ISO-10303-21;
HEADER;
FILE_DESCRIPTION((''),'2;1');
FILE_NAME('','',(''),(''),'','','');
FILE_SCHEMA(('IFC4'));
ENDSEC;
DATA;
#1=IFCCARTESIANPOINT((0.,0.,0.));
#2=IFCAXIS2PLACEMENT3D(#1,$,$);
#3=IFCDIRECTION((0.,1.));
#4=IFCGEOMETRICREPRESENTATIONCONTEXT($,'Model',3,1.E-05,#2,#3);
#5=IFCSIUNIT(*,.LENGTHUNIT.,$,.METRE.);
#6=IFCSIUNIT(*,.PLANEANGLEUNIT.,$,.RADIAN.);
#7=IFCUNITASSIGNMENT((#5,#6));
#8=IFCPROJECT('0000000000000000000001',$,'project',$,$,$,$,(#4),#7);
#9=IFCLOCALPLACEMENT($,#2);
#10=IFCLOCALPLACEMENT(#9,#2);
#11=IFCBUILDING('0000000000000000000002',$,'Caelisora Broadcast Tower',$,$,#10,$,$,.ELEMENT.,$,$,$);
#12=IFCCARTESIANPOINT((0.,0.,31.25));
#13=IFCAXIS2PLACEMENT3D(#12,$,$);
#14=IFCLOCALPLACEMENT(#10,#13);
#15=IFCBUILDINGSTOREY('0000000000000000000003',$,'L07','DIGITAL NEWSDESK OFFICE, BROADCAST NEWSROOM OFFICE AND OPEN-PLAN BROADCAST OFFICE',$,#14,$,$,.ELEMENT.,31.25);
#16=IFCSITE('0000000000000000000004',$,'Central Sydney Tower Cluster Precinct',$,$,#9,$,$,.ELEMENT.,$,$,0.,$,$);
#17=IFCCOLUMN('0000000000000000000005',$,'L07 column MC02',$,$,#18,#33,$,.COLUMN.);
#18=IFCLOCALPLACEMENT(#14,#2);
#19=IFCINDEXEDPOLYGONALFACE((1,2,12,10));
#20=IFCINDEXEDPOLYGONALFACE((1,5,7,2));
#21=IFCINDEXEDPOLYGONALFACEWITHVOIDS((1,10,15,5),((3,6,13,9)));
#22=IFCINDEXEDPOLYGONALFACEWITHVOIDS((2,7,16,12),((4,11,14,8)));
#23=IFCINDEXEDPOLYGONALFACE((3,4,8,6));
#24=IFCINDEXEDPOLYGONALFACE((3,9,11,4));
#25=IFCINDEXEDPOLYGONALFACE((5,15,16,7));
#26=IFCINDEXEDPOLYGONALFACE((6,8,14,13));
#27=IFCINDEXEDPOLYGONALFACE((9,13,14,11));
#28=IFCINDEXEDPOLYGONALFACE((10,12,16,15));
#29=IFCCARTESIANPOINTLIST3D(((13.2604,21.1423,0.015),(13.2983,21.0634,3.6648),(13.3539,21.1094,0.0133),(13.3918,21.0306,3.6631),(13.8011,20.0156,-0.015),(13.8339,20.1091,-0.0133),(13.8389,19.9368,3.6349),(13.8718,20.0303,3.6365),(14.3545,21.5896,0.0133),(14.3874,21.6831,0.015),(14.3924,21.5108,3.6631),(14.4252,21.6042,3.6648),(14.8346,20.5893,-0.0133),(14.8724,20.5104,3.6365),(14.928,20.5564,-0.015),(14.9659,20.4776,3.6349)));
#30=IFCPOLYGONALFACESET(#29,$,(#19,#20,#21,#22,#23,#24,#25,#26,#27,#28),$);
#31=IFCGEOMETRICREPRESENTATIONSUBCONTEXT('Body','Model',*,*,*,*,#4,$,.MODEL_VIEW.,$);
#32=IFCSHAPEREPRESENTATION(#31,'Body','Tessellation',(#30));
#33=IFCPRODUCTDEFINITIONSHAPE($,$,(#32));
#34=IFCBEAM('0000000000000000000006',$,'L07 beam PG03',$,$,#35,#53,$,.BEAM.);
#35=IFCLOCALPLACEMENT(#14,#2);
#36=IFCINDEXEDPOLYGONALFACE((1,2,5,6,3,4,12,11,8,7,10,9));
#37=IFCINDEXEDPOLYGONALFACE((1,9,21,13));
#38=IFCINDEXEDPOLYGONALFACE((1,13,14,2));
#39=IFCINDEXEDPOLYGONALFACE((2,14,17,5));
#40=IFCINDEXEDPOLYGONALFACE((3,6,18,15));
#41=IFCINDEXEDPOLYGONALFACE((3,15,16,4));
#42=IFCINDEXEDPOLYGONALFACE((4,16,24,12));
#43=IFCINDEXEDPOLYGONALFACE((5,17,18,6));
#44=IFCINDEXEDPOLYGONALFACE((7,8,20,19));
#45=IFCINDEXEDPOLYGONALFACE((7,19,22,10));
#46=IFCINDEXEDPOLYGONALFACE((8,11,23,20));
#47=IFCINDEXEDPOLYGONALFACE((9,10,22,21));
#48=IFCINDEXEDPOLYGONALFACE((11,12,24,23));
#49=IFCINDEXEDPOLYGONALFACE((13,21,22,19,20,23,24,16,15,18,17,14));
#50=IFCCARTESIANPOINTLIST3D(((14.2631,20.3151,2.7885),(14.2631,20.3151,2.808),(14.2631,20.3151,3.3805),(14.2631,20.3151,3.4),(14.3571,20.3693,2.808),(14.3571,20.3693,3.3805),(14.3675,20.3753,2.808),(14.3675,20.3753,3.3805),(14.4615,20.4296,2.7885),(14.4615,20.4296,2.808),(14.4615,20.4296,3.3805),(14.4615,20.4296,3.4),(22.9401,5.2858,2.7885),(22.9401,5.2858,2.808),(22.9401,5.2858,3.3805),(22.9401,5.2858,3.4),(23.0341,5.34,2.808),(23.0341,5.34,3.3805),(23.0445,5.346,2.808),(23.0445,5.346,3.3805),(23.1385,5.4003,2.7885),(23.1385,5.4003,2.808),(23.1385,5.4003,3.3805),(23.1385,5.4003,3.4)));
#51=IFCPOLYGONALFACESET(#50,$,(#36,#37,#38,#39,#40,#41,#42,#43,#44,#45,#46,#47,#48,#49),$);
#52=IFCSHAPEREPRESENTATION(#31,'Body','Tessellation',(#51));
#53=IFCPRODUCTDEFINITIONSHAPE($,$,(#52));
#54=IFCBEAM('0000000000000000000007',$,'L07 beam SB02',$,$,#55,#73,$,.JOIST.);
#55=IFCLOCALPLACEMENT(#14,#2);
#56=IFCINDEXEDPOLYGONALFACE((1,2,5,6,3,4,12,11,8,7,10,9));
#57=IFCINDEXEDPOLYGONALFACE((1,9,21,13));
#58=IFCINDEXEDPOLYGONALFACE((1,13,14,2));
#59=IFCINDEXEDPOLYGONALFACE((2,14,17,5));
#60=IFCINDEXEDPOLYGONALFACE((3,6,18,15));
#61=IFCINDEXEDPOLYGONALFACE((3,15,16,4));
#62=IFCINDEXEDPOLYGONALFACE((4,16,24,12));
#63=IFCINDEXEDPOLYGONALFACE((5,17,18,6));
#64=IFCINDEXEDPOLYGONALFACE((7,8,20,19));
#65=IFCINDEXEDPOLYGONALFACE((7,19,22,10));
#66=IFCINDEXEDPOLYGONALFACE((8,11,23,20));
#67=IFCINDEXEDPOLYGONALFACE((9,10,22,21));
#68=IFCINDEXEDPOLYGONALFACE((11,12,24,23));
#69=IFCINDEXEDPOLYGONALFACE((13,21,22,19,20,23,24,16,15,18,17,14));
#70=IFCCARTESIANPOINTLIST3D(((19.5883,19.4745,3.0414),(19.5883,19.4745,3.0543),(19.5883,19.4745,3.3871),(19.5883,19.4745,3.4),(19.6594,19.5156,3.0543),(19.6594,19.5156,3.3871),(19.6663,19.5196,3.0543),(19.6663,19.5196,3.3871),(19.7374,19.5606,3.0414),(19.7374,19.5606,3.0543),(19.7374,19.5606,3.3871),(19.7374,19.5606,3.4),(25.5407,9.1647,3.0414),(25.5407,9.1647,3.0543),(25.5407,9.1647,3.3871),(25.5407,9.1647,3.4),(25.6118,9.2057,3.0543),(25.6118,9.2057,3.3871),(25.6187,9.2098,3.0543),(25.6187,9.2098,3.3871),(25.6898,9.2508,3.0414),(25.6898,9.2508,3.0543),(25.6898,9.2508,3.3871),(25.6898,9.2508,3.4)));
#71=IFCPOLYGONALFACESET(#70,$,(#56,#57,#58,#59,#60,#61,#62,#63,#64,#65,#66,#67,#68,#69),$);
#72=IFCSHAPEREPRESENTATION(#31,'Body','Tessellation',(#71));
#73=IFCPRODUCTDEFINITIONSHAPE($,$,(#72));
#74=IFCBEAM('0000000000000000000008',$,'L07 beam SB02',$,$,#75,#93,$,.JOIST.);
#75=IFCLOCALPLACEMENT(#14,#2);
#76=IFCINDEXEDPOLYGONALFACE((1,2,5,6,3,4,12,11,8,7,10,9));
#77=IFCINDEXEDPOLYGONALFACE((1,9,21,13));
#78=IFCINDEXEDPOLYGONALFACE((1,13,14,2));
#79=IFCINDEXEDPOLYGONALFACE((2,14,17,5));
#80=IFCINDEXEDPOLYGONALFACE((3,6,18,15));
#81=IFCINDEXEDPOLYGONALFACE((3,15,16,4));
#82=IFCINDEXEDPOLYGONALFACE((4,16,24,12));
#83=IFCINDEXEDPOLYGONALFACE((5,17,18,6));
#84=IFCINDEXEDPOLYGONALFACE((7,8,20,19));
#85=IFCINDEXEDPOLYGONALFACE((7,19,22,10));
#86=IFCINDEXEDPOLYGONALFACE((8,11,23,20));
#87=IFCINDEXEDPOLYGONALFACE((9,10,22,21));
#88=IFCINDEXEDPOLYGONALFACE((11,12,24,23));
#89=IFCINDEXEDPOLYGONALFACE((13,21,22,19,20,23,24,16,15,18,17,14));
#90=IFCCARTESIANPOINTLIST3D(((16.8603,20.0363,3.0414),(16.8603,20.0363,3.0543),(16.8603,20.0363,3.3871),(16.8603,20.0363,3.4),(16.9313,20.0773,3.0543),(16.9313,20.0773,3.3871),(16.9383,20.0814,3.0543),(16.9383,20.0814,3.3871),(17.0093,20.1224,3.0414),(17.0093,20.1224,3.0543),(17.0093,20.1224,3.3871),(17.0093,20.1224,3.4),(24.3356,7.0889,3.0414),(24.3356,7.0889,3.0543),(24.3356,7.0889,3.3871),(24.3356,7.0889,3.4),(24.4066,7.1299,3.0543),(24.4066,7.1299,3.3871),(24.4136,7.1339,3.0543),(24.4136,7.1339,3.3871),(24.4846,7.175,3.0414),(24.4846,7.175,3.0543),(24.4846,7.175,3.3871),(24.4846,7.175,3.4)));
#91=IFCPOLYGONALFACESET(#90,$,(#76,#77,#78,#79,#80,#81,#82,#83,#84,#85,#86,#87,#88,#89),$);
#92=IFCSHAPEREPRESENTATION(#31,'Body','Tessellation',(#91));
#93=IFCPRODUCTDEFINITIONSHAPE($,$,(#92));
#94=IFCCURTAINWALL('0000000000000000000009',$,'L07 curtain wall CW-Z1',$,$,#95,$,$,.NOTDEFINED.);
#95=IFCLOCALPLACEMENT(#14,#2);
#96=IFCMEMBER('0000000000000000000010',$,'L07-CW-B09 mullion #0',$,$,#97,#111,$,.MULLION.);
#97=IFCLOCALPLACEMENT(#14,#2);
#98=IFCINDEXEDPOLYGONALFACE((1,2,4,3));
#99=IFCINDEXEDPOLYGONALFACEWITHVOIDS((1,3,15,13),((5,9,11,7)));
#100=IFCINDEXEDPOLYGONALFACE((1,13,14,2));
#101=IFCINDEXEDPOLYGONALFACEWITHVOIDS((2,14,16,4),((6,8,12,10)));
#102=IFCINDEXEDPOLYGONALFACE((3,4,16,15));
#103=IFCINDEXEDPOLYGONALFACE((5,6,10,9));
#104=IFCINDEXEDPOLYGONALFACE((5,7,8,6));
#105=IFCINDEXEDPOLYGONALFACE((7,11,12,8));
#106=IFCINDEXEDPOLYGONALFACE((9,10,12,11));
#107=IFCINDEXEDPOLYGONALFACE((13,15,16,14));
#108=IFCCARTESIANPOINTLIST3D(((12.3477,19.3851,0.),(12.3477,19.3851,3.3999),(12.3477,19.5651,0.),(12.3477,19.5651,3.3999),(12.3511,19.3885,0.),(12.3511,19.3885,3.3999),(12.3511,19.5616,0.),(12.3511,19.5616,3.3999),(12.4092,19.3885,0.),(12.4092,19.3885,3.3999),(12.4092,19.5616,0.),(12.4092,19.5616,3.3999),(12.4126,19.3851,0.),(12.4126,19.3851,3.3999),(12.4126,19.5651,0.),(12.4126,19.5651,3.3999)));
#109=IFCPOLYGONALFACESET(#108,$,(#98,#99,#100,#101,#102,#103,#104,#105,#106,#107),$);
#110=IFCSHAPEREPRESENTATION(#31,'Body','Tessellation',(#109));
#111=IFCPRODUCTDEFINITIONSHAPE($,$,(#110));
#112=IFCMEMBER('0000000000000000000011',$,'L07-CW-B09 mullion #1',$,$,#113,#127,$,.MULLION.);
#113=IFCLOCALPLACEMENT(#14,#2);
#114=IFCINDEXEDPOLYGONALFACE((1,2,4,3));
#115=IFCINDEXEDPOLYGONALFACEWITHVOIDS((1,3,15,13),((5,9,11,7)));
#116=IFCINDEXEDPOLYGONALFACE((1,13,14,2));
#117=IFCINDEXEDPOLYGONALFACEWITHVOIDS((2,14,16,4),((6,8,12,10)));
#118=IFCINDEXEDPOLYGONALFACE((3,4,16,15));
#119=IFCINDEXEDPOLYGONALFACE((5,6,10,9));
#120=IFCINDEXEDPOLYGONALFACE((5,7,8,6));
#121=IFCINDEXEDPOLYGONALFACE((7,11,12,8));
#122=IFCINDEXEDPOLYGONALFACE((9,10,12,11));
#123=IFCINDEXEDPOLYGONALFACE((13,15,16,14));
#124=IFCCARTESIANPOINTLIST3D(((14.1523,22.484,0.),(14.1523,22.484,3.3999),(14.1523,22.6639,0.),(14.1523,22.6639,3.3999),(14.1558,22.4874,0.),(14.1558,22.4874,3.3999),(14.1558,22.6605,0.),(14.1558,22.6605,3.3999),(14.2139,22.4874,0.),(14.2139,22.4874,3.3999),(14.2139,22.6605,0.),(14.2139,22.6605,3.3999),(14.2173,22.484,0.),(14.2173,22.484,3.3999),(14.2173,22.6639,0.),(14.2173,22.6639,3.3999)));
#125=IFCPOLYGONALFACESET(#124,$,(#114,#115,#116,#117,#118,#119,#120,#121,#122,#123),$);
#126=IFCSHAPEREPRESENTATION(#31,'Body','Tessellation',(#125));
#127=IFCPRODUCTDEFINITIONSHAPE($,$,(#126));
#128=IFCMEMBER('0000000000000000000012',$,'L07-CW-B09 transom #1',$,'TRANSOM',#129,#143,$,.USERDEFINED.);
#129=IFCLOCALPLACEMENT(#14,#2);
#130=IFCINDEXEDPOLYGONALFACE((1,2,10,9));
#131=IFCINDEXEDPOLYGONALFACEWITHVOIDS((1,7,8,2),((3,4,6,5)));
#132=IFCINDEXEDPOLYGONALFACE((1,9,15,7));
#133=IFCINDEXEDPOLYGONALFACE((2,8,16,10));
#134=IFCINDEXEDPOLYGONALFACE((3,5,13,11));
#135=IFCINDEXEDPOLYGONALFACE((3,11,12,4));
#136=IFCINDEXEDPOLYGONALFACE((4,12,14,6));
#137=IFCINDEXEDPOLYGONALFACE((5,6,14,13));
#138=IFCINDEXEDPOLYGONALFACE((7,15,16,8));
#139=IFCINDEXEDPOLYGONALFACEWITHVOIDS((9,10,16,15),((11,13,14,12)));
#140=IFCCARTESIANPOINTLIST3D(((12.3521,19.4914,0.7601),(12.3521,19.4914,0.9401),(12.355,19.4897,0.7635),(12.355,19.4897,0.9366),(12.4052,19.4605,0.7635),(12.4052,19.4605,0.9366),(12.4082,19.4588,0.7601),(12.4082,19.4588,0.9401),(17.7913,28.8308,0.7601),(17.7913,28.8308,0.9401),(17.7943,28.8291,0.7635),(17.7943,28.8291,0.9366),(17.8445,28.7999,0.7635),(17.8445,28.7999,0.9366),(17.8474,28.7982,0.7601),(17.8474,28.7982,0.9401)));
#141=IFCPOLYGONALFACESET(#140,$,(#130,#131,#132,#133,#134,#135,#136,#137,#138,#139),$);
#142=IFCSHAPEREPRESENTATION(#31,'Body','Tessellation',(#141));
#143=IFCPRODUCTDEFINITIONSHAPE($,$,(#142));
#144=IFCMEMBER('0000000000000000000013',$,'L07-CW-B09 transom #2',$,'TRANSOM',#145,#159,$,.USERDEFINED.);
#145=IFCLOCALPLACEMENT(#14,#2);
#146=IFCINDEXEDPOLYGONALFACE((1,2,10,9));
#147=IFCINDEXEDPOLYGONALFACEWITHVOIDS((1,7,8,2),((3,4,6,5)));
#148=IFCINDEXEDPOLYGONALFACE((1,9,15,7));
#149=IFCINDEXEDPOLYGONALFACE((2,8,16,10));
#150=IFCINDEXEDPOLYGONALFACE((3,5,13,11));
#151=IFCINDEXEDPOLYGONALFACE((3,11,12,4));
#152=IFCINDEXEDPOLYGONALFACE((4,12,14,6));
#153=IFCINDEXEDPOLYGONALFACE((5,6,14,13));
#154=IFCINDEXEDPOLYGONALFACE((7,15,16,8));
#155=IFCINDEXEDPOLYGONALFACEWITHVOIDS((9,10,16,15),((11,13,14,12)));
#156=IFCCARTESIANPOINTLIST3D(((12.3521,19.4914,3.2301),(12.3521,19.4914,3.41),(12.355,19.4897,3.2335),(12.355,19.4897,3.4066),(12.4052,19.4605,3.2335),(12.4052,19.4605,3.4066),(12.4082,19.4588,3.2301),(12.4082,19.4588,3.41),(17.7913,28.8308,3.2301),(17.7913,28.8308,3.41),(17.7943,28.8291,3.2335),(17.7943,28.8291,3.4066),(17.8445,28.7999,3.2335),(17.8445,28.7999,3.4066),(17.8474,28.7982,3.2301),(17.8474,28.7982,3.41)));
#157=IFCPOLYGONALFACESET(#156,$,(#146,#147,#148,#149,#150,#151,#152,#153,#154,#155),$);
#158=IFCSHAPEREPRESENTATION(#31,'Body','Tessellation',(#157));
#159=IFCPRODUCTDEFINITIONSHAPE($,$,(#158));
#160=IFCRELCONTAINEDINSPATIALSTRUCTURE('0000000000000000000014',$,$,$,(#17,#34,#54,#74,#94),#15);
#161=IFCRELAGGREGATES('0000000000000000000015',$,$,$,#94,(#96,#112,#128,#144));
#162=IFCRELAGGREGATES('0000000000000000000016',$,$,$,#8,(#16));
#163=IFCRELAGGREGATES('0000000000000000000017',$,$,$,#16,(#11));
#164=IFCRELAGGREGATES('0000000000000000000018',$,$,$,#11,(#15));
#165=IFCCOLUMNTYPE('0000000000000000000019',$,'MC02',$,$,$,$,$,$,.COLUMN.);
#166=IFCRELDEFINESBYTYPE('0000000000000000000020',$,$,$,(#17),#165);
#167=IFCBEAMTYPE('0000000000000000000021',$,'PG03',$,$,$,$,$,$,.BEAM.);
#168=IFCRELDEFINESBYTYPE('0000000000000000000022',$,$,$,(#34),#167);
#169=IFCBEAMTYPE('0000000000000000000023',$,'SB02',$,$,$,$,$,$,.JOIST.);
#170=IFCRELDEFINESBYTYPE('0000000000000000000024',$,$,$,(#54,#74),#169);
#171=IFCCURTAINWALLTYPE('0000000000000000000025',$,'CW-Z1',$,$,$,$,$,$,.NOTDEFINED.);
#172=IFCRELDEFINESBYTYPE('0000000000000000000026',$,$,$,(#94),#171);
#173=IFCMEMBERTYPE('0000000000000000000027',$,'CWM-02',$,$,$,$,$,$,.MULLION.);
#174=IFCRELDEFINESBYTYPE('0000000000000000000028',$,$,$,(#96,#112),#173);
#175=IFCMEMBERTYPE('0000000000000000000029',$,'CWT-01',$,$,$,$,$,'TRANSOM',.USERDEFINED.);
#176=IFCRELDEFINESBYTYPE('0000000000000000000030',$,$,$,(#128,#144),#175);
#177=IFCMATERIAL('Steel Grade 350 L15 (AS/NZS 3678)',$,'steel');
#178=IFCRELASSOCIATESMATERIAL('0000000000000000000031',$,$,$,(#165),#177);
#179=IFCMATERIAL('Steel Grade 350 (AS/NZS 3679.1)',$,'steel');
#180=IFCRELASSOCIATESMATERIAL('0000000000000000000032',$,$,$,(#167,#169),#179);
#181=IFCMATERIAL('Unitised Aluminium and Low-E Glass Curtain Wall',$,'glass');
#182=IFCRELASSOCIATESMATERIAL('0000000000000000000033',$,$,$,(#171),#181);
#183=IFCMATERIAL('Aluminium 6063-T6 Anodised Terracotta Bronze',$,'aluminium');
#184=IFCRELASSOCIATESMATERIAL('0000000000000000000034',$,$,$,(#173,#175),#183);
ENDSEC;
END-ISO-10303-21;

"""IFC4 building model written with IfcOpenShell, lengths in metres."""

from ifc_helpers import new_model, si_unit, direction, frame, origin, origin_2d, place, context, subcontext, project, spatial, hollow_rectangle, i_section, extrude, source, transform, mapped, material, material_profile, profile_set, type_object, type_shapes, element, aggregate, save


model = new_model("IFC4")

# Units and contexts
model_context = context("Model", 3, precision=1e-05, world=origin(), true_north=direction((0.0, 1.0)))
body_context = subcontext(model_context, "Body", "Model", "MODEL_VIEW")
ifc_project = project(units=[si_unit("LENGTHUNIT", "METRE"), si_unit("PLANEANGLEUNIT", "RADIAN")], contexts=[model_context])

# Site, building, storey
site_placement = place(None, origin())
site = spatial("IfcSite", under=ifc_project, at=site_placement, Name="Central Sydney Tower Cluster Precinct", CompositionType="ELEMENT", RefElevation=0.0)
building_placement = place(site_placement, origin())
building = spatial("IfcBuilding", under=site, at=building_placement, Name="Caelisora Broadcast Tower", CompositionType="ELEMENT")
storey_placement = place(building_placement, frame((0.0, 0.0, 31.25)))
storey = spatial("IfcBuildingStorey", under=building, at=storey_placement, Name="L07", Description="DIGITAL NEWSDESK OFFICE, BROADCAST NEWSROOM OFFICE AND OPEN-PLAN BROADCAST OFFICE", CompositionType="ELEMENT", Elevation=31.25)

# Column
ifc_material_1 = material(Name="Steel Grade 350 L15 (AS/NZS 3678)", Category="steel")
ifc_material_profile_1 = material_profile(ifc_material_1, hollow_rectangle(XDim=1.25, YDim=1.25, WallThickness=0.0701, at=origin_2d()), Name="Steel Grade 350 L15 (AS/NZS 3678)")
ifc_profile_set_1 = profile_set([ifc_material_profile_1], Name="Steel Grade 350 L15 (AS/NZS 3678)")
column_type = type_object("IfcColumnType", Name="MC02", PredefinedType="COLUMN", material=ifc_profile_set_1)
shared_shape_1 = source(origin(), body_context, "Body", "SweptSolid", [
    extrude(hollow_rectangle(XDim=1.25, YDim=1.25, WallThickness=0.0701, at=origin_2d()), origin(), (0.0, 0.0, 1.0), 3.6509),
])
type_shapes(column_type, [shared_shape_1])
column_placement = place(storey_placement, frame((14.0942, 20.8494, 0.0), z_axis=(0.010365, -0.021599, 0.999713), x_axis=(0.901567, 0.43264, 0.0)))
element("IfcColumn", 1, at=column_placement, inside=storey, type_object=column_type, Name="L07 column MC02", PredefinedType="COLUMN", context=body_context, shape_type="MappedRepresentation", body=[
    mapped(shared_shape_1, transform((0.0, 0.0, 0.0), scale=1.0)),
])

# Beams
ifc_material_2 = material(Name="Steel Grade 350 (AS/NZS 3679.1)", Category="steel")
ifc_material_profile_2 = material_profile(ifc_material_2, i_section(OverallWidth=0.229, OverallDepth=0.6116, WebThickness=0.012, FlangeThickness=0.0195, at=origin_2d()), Name="Steel Grade 350 (AS/NZS 3679.1)")
ifc_profile_set_2 = profile_set([ifc_material_profile_2], Name="Steel Grade 350 (AS/NZS 3679.1)")
beam_type_1 = type_object("IfcBeamType", Name="PG03", PredefinedType="BEAM", material=ifc_profile_set_2)
shared_shape_2 = source(origin(), body_context, "Body", "SweptSolid", [
    extrude(i_section(OverallWidth=0.229, OverallDepth=0.6116, WebThickness=0.012, FlangeThickness=0.0195, at=origin_2d()), origin(), (0.0, 0.0, 1.0), 17.3542),
])
type_shapes(beam_type_1, [shared_shape_2])
beam_1_placement = place(storey_placement, frame((14.3623, 20.3723, 3.0942), z_axis=(0.499993, -0.86603, 0.0), x_axis=(0.86603, 0.499993, 0.0)))
element("IfcBeam", 2, at=beam_1_placement, inside=storey, type_object=beam_type_1, Name="L07 beam PG03", PredefinedType="BEAM", context=body_context, shape_type="MappedRepresentation", body=[
    mapped(shared_shape_2, transform((0.0, 0.0, 0.0), scale=1.0)),
])
ifc_material_profile_3 = material_profile(ifc_material_2, i_section(OverallWidth=0.1721, OverallDepth=0.3586, WebThickness=0.0081, FlangeThickness=0.0129, at=origin_2d()), Name="Steel Grade 350 (AS/NZS 3679.1)")
ifc_profile_set_3 = profile_set([ifc_material_profile_3], Name="Steel Grade 350 (AS/NZS 3679.1)")
beam_type_2 = type_object("IfcBeamType", Name="SB02", PredefinedType="JOIST", material=ifc_profile_set_3)
shared_shape_3 = source(origin(), body_context, "Body", "SweptSolid", [
    extrude(i_section(OverallWidth=0.1721, OverallDepth=0.3586, WebThickness=0.0081, FlangeThickness=0.0129, at=origin_2d()), origin(), (0.0, 0.0, 1.0), 11.9048),
])
beam_2_placement = place(storey_placement, frame((19.6628, 19.5176, 3.2207), z_axis=(0.500001, -0.866025, 0.0), x_axis=(0.866025, 0.500001, 0.0)))
element("IfcBeam", 3, at=beam_2_placement, inside=storey, type_object=beam_type_2, Name="L07 beam SB02", PredefinedType="JOIST", context=body_context, shape_type="MappedRepresentation", body=[
    mapped(shared_shape_3, transform((0.0, 0.0, 0.0), scale=1.0)),
])
shared_shape_4 = source(origin(), body_context, "Body", "SweptSolid", [
    extrude(i_section(OverallWidth=0.1721, OverallDepth=0.3586, WebThickness=0.0081, FlangeThickness=0.0129, at=origin_2d()), origin(), (0.0, 0.0, 1.0), 14.9504),
])
type_shapes(beam_type_2, [shared_shape_3, shared_shape_4])
beam_3_placement = place(storey_placement, frame((16.9348, 20.0793, 3.2207), z_axis=(0.500005, -0.866023, 0.0), x_axis=(0.866023, 0.500005, 0.0)))
element("IfcBeam", 4, at=beam_3_placement, inside=storey, type_object=beam_type_2, Name="L07 beam SB02", PredefinedType="JOIST", context=body_context, shape_type="MappedRepresentation", body=[
    mapped(shared_shape_4, transform((0.0, 0.0, 0.0), scale=1.0)),
])

# Curtain wall, members
ifc_material_3 = material(Name="Unitised Aluminium and Low-E Glass Curtain Wall", Category="glass")
curtain_wall_type = type_object("IfcCurtainWallType", Name="CW-Z1", PredefinedType="NOTDEFINED", material=ifc_material_3)
curtain_wall_placement = place(storey_placement, origin())
curtain_wall = element("IfcCurtainWall", 5, at=curtain_wall_placement, inside=storey, type_object=curtain_wall_type, Name="L07 curtain wall CW-Z1", PredefinedType="NOTDEFINED")
ifc_material_4 = material(Name="Aluminium 6063-T6 Anodised Terracotta Bronze", Category="aluminium")
ifc_material_profile_4 = material_profile(ifc_material_4, hollow_rectangle(XDim=0.0649, YDim=0.1799, WallThickness=0.0034, at=origin_2d()), Name="Aluminium 6063-T6 Anodised Terracotta Bronze")
ifc_profile_set_4 = profile_set([ifc_material_profile_4], Name="Aluminium 6063-T6 Anodised Terracotta Bronze")
member_type_1 = type_object("IfcMemberType", Name="CWM-02", PredefinedType="MULLION", material=ifc_profile_set_4)
shared_shape_5 = source(origin(), body_context, "Body", "SweptSolid", [
    extrude(hollow_rectangle(XDim=0.0649, YDim=0.1799, WallThickness=0.0034, at=origin_2d()), origin(), (0.0, 0.0, 1.0), 3.3999),
])
type_shapes(member_type_1, [shared_shape_5])
member_1_placement = place(storey_placement, frame((12.3801, 19.4751, 0.0), z_axis=(0.0, 0.0, 1.0), x_axis=(1.0, 0.0, 0.0)))
member_1 = element("IfcMember", 6, at=member_1_placement, type_object=member_type_1, Name="L07-CW-B09 mullion #0", PredefinedType="MULLION", context=body_context, shape_type="MappedRepresentation", body=[
    mapped(shared_shape_5, transform((0.0, 0.0, 0.0), scale=1.0)),
])
member_2_placement = place(storey_placement, frame((14.1848, 22.574, 0.0), z_axis=(0.0, 0.0, 1.0), x_axis=(1.0, 0.0, 0.0)))
member_2 = element("IfcMember", 7, at=member_2_placement, type_object=member_type_1, Name="L07-CW-B09 mullion #1", PredefinedType="MULLION", context=body_context, shape_type="MappedRepresentation", body=[
    mapped(shared_shape_5, transform((0.0, 0.0, 0.0), scale=1.0)),
])
ifc_material_profile_5 = material_profile(ifc_material_4, hollow_rectangle(XDim=0.0649, YDim=0.1799, WallThickness=0.0034, at=origin_2d()), Name="Aluminium 6063-T6 Anodised Terracotta Bronze")
ifc_profile_set_5 = profile_set([ifc_material_profile_5], Name="Aluminium 6063-T6 Anodised Terracotta Bronze")
member_type_2 = type_object("IfcMemberType", Name="CWT-01", ElementType="TRANSOM", PredefinedType="USERDEFINED", material=ifc_profile_set_5)
shared_shape_6 = source(origin(), body_context, "Body", "SweptSolid", [
    extrude(hollow_rectangle(XDim=0.0649, YDim=0.1799, WallThickness=0.0034, at=origin_2d()), origin(), (0.0, 0.0, 1.0), 10.8079),
])
type_shapes(member_type_2, [shared_shape_6])
member_3_placement = place(storey_placement, frame((12.3801, 19.4751, 0.8501), z_axis=(0.503267, 0.864131, 0.0), x_axis=(-0.864131, 0.503267, 0.0)))
member_3 = element("IfcMember", 8, at=member_3_placement, type_object=member_type_2, Name="L07-CW-B09 transom #1", ObjectType="TRANSOM", PredefinedType="USERDEFINED", context=body_context, shape_type="MappedRepresentation", body=[
    mapped(shared_shape_6, transform((0.0, 0.0, 0.0), scale=1.0)),
])
member_4_placement = place(storey_placement, frame((12.3801, 19.4751, 3.3201), z_axis=(0.503267, 0.864131, 0.0), x_axis=(-0.864131, 0.503267, 0.0)))
member_4 = element("IfcMember", 9, at=member_4_placement, type_object=member_type_2, Name="L07-CW-B09 transom #2", ObjectType="TRANSOM", PredefinedType="USERDEFINED", context=body_context, shape_type="MappedRepresentation", body=[
    mapped(shared_shape_6, transform((0.0, 0.0, 0.0), scale=1.0)),
])

aggregate(curtain_wall, [member_1, member_2, member_3, member_4])

save(model, "model.ifc")
